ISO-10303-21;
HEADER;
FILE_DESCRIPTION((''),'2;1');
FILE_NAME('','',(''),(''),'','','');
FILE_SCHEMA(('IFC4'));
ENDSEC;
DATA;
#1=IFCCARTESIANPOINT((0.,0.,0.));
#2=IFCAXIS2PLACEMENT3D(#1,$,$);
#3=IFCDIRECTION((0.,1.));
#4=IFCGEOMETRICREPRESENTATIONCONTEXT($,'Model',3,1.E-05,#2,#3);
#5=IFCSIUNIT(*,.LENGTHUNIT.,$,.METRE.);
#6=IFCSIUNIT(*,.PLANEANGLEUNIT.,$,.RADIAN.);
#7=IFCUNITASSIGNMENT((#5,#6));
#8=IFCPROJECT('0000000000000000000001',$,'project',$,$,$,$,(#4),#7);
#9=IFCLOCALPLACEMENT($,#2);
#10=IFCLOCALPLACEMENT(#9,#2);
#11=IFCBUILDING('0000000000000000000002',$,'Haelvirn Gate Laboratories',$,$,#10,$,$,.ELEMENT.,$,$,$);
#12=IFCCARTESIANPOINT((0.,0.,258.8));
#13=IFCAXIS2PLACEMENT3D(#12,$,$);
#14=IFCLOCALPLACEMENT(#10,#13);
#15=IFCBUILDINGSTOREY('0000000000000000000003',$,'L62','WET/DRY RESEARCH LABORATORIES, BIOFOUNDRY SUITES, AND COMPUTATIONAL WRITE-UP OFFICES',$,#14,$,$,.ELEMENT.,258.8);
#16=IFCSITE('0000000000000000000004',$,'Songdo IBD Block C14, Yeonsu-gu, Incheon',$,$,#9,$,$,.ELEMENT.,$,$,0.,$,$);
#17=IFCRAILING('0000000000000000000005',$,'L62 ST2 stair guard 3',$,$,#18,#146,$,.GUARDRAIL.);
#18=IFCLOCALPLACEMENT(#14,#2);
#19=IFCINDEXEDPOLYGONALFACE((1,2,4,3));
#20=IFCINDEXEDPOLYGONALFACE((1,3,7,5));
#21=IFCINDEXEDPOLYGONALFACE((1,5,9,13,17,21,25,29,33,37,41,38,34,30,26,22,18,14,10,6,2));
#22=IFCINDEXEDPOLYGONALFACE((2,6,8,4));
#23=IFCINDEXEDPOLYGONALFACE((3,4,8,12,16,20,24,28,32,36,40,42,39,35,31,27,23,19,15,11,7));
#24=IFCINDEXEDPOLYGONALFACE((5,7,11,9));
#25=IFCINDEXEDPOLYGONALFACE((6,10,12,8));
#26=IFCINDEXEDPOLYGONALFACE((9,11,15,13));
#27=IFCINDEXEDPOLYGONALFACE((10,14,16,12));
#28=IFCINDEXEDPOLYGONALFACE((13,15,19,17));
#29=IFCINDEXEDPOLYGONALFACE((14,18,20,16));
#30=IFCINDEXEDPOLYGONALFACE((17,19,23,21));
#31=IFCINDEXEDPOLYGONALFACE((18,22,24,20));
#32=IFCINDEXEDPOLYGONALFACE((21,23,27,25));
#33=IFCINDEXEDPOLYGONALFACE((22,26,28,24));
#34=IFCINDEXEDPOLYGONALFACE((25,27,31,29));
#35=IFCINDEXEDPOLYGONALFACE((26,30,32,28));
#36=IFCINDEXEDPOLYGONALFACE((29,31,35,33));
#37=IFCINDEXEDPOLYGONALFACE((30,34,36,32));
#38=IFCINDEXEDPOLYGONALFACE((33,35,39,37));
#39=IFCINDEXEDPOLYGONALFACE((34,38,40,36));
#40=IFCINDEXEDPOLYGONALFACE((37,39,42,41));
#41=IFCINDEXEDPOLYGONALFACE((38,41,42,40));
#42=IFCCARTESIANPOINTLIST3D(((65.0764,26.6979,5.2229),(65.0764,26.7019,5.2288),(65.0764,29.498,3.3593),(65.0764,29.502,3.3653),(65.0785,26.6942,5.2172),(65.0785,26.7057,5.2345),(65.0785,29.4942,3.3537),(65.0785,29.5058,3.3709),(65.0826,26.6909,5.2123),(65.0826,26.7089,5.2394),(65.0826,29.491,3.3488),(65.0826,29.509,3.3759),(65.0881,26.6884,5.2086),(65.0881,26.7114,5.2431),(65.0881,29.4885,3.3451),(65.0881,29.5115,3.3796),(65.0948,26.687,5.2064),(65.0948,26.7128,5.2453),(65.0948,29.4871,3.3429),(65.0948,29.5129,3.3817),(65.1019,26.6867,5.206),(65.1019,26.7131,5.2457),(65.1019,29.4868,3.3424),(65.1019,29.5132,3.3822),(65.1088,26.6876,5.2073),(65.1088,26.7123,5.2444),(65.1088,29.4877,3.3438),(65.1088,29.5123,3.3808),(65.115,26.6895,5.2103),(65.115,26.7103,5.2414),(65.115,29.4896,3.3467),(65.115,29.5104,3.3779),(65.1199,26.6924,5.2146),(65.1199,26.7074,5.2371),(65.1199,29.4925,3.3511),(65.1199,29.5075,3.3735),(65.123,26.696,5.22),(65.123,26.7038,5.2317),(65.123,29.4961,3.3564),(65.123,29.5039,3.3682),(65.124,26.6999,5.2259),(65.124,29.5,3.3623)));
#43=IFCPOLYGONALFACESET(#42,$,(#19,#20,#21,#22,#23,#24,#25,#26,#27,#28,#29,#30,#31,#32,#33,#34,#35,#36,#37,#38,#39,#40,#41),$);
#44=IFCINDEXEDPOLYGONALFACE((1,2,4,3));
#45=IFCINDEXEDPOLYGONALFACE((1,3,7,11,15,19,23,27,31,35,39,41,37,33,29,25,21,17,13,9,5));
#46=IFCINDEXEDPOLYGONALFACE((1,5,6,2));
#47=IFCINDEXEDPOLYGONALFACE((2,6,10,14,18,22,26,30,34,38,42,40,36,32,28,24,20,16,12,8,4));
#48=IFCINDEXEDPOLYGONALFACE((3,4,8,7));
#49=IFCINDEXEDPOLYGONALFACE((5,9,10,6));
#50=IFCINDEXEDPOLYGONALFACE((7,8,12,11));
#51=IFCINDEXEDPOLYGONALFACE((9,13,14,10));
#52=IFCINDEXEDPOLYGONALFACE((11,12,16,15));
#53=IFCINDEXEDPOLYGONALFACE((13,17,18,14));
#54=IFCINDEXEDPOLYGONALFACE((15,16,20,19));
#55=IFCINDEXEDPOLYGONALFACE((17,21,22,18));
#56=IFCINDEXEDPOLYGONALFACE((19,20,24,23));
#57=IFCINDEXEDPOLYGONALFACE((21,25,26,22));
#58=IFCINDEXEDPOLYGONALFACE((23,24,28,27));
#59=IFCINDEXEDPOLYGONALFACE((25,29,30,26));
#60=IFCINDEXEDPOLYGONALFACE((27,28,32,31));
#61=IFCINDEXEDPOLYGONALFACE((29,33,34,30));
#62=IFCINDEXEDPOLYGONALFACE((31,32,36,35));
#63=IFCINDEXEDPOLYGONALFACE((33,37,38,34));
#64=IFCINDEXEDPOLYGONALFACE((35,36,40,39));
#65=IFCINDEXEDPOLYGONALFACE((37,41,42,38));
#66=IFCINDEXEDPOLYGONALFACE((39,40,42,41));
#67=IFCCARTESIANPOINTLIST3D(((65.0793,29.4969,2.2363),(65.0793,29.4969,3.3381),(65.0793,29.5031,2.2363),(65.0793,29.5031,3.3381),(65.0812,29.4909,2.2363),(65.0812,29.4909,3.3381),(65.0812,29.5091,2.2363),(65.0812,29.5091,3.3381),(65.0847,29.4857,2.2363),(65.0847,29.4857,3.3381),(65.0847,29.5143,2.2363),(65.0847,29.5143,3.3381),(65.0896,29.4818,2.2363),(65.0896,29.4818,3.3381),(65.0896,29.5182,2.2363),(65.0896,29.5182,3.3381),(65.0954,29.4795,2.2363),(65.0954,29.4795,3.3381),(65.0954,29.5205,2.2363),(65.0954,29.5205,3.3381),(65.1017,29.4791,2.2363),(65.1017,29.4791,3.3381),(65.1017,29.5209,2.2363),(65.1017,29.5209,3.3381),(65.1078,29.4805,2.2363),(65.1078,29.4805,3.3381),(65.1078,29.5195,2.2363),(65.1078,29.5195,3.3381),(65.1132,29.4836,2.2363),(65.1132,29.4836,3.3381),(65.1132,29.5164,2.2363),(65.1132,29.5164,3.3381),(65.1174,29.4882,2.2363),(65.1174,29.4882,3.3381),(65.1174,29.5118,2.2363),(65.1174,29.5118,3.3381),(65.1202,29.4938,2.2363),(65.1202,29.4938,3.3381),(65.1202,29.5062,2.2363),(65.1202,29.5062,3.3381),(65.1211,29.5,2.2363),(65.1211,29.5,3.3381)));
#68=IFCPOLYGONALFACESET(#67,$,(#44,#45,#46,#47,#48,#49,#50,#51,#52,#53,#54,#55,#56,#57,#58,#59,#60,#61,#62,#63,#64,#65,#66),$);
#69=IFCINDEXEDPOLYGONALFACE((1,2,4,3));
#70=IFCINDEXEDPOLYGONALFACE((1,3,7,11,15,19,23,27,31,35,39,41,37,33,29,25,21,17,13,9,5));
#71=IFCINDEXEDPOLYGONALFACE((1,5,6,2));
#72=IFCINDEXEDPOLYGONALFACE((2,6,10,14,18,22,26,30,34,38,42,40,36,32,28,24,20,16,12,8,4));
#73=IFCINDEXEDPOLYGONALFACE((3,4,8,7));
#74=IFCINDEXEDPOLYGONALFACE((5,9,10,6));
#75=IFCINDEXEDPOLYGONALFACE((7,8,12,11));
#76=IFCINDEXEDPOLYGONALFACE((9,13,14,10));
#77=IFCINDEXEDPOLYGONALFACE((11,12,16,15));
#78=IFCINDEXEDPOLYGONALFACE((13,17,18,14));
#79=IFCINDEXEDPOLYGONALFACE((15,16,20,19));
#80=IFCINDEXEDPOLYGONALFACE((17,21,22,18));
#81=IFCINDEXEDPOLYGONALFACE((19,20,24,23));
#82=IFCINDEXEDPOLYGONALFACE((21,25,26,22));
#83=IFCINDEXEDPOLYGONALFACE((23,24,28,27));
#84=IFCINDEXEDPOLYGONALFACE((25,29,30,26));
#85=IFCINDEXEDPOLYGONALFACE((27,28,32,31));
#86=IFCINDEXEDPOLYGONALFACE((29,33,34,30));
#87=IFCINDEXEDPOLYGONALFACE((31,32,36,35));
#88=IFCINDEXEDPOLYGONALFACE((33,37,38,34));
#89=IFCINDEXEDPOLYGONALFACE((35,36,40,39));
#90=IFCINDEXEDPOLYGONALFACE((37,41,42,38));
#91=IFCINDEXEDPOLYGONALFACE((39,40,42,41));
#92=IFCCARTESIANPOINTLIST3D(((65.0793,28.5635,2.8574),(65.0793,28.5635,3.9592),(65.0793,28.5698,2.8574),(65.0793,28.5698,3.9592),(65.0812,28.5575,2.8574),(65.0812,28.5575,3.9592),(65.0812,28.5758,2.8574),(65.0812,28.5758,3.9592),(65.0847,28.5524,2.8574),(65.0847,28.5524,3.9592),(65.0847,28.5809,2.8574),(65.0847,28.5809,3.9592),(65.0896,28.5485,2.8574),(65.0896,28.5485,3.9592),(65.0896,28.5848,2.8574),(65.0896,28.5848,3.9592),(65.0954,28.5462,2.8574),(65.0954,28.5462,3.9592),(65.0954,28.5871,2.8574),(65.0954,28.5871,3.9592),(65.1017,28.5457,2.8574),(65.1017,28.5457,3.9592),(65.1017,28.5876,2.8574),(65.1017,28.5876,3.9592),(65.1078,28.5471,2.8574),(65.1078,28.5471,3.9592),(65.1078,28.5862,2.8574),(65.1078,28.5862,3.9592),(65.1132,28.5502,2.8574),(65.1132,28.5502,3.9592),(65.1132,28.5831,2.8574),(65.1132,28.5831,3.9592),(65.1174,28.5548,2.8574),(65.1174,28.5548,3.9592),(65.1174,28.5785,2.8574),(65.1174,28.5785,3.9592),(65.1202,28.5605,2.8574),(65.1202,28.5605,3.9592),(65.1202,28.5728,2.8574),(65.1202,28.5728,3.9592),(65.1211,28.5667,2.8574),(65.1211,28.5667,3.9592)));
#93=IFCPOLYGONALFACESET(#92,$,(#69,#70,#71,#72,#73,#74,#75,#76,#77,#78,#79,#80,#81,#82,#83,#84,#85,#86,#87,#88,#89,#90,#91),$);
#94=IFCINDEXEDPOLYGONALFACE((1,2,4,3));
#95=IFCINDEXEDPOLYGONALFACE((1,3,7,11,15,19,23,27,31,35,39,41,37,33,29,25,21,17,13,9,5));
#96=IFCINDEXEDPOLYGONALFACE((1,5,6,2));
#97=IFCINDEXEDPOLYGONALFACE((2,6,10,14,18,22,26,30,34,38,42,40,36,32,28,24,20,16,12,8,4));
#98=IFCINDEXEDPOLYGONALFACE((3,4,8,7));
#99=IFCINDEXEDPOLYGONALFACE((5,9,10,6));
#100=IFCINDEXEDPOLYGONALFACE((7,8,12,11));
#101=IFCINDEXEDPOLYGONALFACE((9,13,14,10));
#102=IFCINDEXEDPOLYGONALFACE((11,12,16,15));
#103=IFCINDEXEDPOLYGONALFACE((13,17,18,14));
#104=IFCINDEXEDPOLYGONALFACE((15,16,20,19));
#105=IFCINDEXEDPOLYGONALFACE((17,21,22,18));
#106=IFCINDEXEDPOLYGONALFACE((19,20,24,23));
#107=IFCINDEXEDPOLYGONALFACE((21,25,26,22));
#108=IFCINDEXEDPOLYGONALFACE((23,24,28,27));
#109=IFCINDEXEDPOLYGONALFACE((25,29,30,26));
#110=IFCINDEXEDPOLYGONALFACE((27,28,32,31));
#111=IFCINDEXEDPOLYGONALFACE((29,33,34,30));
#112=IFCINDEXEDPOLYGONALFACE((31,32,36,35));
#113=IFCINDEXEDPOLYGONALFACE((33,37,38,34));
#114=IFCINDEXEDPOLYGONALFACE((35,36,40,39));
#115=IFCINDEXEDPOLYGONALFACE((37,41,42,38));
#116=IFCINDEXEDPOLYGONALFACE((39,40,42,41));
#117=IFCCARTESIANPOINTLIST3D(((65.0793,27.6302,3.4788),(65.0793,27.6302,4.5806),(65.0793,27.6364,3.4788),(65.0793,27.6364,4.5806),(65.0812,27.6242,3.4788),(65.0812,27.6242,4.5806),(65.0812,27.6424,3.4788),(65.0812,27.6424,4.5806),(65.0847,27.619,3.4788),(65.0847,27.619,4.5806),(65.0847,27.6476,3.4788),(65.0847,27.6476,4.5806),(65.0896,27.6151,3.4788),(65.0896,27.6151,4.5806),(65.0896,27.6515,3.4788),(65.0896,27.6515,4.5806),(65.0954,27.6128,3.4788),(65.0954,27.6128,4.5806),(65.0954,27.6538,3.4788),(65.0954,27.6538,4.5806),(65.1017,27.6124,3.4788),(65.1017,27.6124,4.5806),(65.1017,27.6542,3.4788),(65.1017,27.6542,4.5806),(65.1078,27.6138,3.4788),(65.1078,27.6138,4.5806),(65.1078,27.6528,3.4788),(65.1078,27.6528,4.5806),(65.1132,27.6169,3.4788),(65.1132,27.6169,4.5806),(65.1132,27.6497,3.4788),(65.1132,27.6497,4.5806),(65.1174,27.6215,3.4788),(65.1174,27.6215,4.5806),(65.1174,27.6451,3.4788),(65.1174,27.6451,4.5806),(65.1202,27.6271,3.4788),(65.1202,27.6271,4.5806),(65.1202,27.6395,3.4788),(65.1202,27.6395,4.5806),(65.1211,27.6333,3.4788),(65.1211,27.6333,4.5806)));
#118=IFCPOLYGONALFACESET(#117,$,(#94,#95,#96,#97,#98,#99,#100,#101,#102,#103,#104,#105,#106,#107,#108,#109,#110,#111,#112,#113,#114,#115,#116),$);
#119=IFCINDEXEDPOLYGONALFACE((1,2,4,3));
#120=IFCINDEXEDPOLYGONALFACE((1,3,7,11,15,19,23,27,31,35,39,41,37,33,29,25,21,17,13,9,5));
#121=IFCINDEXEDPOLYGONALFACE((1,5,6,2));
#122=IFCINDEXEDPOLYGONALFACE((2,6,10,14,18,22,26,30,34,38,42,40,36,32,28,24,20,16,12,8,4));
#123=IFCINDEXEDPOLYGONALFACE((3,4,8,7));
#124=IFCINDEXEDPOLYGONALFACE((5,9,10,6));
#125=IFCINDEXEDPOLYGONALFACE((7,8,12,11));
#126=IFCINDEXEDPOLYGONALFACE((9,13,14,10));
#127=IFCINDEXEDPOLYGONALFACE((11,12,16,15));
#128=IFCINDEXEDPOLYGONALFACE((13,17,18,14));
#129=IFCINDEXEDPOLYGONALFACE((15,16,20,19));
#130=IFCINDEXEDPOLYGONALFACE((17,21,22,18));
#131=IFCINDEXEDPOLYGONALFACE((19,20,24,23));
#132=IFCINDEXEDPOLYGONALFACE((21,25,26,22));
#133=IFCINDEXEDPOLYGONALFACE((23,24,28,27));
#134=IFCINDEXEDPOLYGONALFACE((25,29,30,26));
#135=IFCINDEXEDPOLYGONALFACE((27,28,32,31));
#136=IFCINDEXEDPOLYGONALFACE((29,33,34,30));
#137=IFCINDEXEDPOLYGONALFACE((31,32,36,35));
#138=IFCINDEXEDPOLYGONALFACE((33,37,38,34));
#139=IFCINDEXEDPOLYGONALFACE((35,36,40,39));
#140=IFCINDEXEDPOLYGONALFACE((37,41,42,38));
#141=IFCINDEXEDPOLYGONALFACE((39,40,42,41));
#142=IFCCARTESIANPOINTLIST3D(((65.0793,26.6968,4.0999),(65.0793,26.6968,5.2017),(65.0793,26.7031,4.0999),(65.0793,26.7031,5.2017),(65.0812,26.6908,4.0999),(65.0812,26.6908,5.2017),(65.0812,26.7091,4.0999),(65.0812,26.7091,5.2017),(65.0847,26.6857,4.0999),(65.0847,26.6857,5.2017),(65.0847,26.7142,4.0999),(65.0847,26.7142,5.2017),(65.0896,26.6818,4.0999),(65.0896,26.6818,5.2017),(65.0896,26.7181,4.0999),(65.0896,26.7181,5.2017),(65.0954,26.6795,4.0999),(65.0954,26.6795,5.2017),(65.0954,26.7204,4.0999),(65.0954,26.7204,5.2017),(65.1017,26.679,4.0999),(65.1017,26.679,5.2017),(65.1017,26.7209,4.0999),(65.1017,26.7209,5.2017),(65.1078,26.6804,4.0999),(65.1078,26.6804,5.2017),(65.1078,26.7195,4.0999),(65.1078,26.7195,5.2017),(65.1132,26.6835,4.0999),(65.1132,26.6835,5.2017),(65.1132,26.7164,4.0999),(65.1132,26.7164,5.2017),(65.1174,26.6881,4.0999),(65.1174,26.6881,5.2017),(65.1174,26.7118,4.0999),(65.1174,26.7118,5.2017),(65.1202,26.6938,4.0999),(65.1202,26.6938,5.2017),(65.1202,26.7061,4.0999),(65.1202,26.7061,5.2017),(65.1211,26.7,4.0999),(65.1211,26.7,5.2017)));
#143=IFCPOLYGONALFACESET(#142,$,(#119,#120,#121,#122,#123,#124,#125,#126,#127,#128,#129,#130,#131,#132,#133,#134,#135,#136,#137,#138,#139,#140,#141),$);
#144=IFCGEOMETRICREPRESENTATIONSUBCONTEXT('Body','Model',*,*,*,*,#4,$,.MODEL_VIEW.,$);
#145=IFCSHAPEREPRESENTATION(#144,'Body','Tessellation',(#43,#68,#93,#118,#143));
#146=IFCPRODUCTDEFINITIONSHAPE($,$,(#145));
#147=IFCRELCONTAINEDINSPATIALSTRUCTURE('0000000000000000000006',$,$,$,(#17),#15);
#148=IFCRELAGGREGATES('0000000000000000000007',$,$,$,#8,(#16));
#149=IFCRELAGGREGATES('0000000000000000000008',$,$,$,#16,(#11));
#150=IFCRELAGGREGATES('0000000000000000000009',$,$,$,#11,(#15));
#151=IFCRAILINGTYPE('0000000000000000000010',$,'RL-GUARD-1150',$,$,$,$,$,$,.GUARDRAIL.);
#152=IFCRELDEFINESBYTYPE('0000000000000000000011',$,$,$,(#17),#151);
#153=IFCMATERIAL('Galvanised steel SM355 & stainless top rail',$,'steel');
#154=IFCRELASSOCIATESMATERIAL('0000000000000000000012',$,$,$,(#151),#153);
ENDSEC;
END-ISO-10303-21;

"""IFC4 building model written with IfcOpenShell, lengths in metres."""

from ifc_helpers import new_model, si_unit, direction, frame, origin, origin_2d, place, context, subcontext, project, spatial, circle, extrude, source, transform, mapped, material, type_object, element, save


model = new_model("IFC4")

# Units and contexts
model_context = context("Model", 3, precision=1e-05, world=origin(), true_north=direction((0.0, 1.0)))
body_context = subcontext(model_context, "Body", "Model", "MODEL_VIEW")
ifc_project = project(units=[si_unit("LENGTHUNIT", "METRE"), si_unit("PLANEANGLEUNIT", "RADIAN")], contexts=[model_context])

# Site, building, storey
site_placement = place(None, origin())
site = spatial("IfcSite", under=ifc_project, at=site_placement, Name="Songdo IBD Block C14, Yeonsu-gu, Incheon", CompositionType="ELEMENT", RefElevation=0.0)
building_placement = place(site_placement, origin())
building = spatial("IfcBuilding", under=site, at=building_placement, Name="Haelvirn Gate Laboratories", CompositionType="ELEMENT")
storey_placement = place(building_placement, frame((0.0, 0.0, 258.8)))
storey = spatial("IfcBuildingStorey", under=building, at=storey_placement, Name="L62", Description="WET/DRY RESEARCH LABORATORIES, BIOFOUNDRY SUITES, AND COMPUTATIONAL WRITE-UP OFFICES", CompositionType="ELEMENT", Elevation=258.8)

# Railing
ifc_material_1 = material(Name="Galvanised steel SM355 & stainless top rail", Category="steel")
railing_type_1 = type_object("IfcRailingType", Name="RL-GUARD-1150", PredefinedType="GUARDRAIL", material=ifc_material_1)
shared_shape_1 = source(origin(), body_context, "Body", "SweptSolid", [
    extrude(circle(Radius=0.0239, at=origin_2d()), frame((0.0, 0.0, 1.126), z_axis=(0.0, -0.832486, 0.554047), x_axis=(1.0, 0.0, 0.0)), (0.0, 0.0, 1.0), 3.3635),
    extrude(circle(Radius=0.021, at=origin_2d()), origin(), (0.0, 0.0, 1.0), 1.1018),
    extrude(circle(Radius=0.021, at=origin_2d()), frame((0.0, -0.9333, 0.6211)), (0.0, 0.0, 1.0), 1.1018),
    extrude(circle(Radius=0.021, at=origin_2d()), frame((0.0, -1.8667, 1.2424)), (0.0, 0.0, 1.0), 1.1018),
    extrude(circle(Radius=0.021, at=origin_2d()), frame((0.0, -2.8, 1.8635)), (0.0, 0.0, 1.0), 1.1018),
])
railing_1_placement = place(storey_placement, frame((65.1001, 29.5, 2.2363)))
element("IfcRailing", 1, at=railing_1_placement, inside=storey, type_object=railing_type_1, Name="L62 ST2 stair guard 3", PredefinedType="GUARDRAIL", context=body_context, shape_type="MappedRepresentation", body=[
    mapped(shared_shape_1, transform((0.0, 0.0, 0.0), scale=1.0)),
])

save(model, "model.ifc")
